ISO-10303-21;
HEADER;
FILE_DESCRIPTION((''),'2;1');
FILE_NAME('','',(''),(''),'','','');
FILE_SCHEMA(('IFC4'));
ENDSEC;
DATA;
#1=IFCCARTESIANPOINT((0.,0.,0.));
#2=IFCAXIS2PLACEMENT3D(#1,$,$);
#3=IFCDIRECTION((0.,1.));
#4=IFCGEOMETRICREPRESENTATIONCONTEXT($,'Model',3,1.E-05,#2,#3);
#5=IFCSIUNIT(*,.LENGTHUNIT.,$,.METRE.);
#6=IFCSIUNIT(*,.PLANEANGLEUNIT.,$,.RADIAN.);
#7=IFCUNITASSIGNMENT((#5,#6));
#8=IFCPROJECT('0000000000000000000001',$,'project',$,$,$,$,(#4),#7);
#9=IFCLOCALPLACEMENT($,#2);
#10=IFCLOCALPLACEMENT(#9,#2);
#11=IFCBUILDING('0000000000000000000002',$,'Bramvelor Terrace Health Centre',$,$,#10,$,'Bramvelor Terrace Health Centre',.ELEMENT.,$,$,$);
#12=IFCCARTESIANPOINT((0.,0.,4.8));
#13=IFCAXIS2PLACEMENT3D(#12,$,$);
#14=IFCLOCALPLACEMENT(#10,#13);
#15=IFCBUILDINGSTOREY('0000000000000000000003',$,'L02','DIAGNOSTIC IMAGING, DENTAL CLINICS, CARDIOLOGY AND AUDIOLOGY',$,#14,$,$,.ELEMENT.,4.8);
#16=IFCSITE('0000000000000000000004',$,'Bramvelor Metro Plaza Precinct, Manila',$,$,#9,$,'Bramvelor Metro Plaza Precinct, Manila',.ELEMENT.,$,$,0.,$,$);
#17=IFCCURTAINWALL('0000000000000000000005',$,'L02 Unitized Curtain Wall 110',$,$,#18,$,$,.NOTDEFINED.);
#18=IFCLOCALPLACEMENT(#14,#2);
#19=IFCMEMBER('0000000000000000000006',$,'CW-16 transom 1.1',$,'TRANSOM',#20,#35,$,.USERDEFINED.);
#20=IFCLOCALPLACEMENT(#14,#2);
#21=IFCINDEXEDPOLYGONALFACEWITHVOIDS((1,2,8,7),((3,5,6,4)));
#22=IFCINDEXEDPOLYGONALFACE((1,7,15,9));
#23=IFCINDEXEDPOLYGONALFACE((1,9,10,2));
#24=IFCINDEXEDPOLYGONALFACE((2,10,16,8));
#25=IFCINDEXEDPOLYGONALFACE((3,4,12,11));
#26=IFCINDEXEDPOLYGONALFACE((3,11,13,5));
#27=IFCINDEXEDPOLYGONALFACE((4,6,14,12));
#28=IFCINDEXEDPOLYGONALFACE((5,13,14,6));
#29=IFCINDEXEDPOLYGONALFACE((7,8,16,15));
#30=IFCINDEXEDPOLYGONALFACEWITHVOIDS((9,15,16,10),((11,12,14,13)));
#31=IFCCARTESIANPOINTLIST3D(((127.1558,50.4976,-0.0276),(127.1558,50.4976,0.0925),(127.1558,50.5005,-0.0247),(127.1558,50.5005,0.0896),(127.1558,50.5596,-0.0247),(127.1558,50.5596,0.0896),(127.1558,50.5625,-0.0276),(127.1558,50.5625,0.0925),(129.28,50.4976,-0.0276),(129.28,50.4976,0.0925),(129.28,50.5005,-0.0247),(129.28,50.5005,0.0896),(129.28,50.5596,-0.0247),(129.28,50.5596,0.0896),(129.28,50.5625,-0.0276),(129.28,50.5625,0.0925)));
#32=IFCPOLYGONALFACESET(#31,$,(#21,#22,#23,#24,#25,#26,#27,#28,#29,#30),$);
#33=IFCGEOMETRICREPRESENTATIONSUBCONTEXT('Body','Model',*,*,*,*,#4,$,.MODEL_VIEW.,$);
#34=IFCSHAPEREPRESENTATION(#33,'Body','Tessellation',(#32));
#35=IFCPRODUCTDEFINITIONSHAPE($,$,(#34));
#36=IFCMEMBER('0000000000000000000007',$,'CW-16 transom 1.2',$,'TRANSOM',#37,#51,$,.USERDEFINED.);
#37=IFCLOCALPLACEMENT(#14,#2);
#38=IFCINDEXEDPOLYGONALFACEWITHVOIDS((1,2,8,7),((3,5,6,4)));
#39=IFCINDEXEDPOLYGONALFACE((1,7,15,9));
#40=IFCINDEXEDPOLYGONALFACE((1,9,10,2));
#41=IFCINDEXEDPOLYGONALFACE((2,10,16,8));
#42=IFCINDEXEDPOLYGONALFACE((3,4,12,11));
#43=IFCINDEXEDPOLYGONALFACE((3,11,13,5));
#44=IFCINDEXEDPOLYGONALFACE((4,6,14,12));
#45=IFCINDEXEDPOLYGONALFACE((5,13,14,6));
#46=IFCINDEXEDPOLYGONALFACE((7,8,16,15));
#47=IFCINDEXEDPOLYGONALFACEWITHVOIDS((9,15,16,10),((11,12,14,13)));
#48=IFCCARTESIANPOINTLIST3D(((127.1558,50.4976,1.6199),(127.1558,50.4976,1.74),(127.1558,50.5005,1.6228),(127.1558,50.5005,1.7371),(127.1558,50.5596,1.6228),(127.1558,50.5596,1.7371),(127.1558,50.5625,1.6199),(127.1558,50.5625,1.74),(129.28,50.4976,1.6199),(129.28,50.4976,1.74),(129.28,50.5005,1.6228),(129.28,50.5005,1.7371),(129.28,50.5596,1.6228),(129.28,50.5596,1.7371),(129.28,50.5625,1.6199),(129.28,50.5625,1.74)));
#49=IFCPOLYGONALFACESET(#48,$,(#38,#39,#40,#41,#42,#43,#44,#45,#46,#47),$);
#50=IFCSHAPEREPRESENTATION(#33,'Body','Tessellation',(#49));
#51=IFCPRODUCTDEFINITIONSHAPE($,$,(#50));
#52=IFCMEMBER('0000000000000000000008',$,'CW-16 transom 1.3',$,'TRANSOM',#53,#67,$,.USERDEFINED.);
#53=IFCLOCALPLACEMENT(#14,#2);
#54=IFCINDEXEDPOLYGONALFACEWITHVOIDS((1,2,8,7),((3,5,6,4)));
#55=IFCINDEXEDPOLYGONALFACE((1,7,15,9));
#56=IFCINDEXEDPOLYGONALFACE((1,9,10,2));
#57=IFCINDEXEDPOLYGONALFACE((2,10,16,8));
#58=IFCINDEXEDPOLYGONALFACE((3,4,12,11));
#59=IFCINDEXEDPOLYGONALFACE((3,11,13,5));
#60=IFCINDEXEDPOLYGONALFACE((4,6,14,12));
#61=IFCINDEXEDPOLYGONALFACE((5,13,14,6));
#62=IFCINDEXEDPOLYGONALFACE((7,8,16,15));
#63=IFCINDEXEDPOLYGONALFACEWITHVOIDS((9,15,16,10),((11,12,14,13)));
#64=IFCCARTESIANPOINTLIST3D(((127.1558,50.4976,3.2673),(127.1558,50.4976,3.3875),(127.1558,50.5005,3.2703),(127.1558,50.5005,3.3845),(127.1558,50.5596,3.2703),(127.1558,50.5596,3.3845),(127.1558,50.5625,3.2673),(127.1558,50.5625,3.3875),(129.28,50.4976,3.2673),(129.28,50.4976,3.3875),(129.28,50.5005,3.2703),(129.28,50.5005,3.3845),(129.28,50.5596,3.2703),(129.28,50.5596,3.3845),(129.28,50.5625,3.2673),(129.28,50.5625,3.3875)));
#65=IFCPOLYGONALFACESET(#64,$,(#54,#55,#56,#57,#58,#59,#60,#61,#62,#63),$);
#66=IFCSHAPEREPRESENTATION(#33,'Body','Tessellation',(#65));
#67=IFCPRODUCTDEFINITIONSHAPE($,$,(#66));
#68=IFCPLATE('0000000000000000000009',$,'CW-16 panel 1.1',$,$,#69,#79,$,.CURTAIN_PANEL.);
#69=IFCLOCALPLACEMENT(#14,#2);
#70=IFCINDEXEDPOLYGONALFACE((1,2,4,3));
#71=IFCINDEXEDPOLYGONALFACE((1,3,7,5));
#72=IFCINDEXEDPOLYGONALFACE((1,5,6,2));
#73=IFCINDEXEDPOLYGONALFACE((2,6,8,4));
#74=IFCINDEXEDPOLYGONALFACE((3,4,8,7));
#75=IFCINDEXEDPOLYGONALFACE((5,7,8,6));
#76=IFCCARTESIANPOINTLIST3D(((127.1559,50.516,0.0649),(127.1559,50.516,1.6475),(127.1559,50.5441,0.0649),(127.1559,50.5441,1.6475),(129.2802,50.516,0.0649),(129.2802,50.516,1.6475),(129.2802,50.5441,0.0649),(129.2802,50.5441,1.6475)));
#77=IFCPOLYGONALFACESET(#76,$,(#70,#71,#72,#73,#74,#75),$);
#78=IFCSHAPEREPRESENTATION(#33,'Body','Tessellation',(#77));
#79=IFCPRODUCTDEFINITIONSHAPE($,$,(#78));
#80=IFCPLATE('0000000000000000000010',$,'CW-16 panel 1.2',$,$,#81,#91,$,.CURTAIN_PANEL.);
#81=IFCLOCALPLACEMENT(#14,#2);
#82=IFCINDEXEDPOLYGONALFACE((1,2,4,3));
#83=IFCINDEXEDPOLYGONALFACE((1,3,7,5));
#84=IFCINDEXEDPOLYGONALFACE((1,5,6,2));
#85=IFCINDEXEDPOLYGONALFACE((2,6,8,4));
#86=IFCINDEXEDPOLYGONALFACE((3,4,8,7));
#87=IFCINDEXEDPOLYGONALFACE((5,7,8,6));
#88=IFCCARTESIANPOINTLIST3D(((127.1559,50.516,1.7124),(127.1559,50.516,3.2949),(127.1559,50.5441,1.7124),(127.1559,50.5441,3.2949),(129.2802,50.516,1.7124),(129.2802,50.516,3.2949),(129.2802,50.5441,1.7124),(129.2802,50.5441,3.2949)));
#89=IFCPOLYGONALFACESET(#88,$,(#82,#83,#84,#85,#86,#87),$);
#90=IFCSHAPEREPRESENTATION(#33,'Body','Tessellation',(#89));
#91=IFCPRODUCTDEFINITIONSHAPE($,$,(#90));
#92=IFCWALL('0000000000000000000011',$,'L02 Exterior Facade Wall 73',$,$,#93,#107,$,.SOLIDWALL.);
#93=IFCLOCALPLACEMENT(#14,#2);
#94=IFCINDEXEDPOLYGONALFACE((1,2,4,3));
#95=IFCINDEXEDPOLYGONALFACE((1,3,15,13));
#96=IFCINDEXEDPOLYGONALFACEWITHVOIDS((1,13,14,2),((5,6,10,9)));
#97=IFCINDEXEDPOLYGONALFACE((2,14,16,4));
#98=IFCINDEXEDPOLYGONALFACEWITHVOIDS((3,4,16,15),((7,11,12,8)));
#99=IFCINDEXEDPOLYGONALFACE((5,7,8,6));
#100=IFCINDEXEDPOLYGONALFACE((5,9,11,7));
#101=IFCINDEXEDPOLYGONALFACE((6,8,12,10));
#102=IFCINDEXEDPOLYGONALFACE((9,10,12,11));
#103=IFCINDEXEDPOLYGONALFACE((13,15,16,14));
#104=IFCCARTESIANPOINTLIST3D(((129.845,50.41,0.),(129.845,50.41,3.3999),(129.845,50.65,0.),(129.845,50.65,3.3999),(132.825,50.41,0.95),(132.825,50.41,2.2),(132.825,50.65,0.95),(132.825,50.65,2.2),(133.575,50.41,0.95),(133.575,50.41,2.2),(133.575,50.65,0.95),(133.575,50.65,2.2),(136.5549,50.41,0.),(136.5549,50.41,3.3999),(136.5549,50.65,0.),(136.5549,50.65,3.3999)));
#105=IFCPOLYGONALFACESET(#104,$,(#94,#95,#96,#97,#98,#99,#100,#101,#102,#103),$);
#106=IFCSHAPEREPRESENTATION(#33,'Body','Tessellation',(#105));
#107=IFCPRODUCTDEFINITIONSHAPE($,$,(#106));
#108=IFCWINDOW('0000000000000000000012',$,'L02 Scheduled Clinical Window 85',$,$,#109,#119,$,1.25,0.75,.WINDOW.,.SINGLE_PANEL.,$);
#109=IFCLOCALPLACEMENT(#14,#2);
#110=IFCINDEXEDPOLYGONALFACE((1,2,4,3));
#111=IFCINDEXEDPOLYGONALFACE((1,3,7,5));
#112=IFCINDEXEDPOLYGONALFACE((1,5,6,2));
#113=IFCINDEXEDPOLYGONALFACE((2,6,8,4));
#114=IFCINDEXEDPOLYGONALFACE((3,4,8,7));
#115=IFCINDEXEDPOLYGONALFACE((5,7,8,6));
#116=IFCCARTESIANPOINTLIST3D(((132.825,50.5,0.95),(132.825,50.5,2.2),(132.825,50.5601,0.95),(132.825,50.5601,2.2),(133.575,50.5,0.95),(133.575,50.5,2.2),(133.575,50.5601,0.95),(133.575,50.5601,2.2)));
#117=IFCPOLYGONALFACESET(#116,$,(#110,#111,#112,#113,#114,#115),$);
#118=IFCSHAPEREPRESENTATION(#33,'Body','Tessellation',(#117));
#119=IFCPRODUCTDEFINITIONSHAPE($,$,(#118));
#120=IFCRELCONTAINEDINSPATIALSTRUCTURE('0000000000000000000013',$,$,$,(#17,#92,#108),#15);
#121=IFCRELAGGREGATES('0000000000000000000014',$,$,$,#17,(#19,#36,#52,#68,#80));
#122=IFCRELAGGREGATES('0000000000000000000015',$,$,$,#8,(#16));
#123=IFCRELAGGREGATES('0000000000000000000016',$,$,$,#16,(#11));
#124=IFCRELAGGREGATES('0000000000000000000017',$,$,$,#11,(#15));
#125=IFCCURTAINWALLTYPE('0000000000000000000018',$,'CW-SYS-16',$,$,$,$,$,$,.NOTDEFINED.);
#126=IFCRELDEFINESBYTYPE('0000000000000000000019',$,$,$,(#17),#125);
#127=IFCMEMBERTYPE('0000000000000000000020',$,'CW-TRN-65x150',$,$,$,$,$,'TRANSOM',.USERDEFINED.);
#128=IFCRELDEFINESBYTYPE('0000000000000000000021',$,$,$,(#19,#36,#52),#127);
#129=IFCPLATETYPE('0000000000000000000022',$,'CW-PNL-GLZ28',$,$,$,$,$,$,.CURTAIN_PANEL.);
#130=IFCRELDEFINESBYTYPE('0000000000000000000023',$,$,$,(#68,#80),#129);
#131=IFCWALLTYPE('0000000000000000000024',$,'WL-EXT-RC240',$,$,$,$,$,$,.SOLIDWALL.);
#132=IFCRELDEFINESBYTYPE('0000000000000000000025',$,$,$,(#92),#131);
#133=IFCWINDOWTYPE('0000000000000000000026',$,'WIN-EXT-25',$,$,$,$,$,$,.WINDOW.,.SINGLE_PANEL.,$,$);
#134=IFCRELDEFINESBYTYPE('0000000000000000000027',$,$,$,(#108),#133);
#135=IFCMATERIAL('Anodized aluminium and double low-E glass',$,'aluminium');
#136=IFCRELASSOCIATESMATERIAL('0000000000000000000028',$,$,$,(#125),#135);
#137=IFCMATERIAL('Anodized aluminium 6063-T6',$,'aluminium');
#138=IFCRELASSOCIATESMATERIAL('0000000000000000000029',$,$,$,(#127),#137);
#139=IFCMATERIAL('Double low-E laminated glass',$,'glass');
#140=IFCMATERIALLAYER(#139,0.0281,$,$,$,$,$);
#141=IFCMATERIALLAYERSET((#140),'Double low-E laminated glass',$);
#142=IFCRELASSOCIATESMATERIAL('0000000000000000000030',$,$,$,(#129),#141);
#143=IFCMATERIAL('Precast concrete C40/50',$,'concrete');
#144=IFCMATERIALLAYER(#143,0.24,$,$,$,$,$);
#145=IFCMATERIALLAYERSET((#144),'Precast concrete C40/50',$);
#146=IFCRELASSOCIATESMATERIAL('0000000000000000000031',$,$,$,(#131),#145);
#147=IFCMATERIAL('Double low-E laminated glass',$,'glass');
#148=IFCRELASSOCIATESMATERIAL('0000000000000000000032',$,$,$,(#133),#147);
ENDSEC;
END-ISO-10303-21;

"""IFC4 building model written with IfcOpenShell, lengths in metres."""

from ifc_helpers import new_model, si_unit, direction, frame, frame_2d, origin, origin_2d, place, context, subcontext, project, spatial, rectangle, hollow_rectangle, extrude, material, layer, layer_set, material_profile, profile_set, type_object, element, fill, aggregate, save


model = new_model("IFC4")

# Units and contexts
model_context = context("Model", 3, precision=1e-05, world=origin(), true_north=direction((0.0, 1.0)))
body_context = subcontext(model_context, "Body", "Model", "MODEL_VIEW")
ifc_project = project(units=[si_unit("LENGTHUNIT", "METRE"), si_unit("PLANEANGLEUNIT", "RADIAN")], contexts=[model_context])

# Site, building, storey
site_placement = place(None, origin())
site = spatial("IfcSite", under=ifc_project, at=site_placement, Name="Bramvelor Metro Plaza Precinct, Manila", LongName="Bramvelor Metro Plaza Precinct, Manila", CompositionType="ELEMENT", RefElevation=0.0)
building_placement = place(site_placement, origin())
building = spatial("IfcBuilding", under=site, at=building_placement, Name="Bramvelor Terrace Health Centre", LongName="Bramvelor Terrace Health Centre", CompositionType="ELEMENT")
storey_placement = place(building_placement, frame((0.0, 0.0, 4.8)))
storey = spatial("IfcBuildingStorey", under=building, at=storey_placement, Name="L02", Description="DIAGNOSTIC IMAGING, DENTAL CLINICS, CARDIOLOGY AND AUDIOLOGY", CompositionType="ELEMENT", Elevation=4.8)

# Shared definitions
ifc_material_1 = material(Name="Anodized aluminium and double low-E glass", Category="aluminium")
curtain_wall_type = type_object("IfcCurtainWallType", Name="CW-SYS-16", PredefinedType="NOTDEFINED", material=ifc_material_1)

# Curtain wall, members, plates
curtain_wall_1_placement = place(storey_placement, origin())
curtain_wall_1 = element("IfcCurtainWall", 1, at=curtain_wall_1_placement, inside=storey, type_object=curtain_wall_type, Name="L02 Unitized Curtain Wall 110", PredefinedType="NOTDEFINED")
ifc_material_2 = material(Name="Anodized aluminium 6063-T6", Category="aluminium")
ifc_material_profile_1 = material_profile(ifc_material_2, hollow_rectangle(XDim=0.0649, YDim=0.1201, WallThickness=0.0029, at=origin_2d()), Name="ALU-TRN 65x120x3.0")
ifc_profile_set_1 = profile_set([ifc_material_profile_1], Name="Anodized aluminium 6063-T6")
member_type_1 = type_object("IfcMemberType", Name="CW-TRN-65x150", ElementType="TRANSOM", PredefinedType="USERDEFINED", material=ifc_profile_set_1)
member_1_placement = place(storey_placement, frame((129.28, 50.53, 0.0325), z_axis=(-1.0, 0.0, 0.0), x_axis=(0.0, -1.0, 0.0)))
member_1 = element("IfcMember", 2, at=member_1_placement, type_object=member_type_1, Name="CW-16 transom 1.1", ObjectType="TRANSOM", PredefinedType="USERDEFINED", context=body_context, shape_type="SweptSolid", body=[
    extrude(hollow_rectangle(XDim=0.0649, YDim=0.1201, WallThickness=0.0029, at=origin_2d()), origin(), (0.0, 0.0, 1.0), 2.1243),
])
member_2_placement = place(storey_placement, frame((129.28, 50.53, 1.6799), z_axis=(-1.0, 0.0, 0.0), x_axis=(0.0, -1.0, 0.0)))
member_2 = element("IfcMember", 3, at=member_2_placement, type_object=member_type_1, Name="CW-16 transom 1.2", ObjectType="TRANSOM", PredefinedType="USERDEFINED", context=body_context, shape_type="SweptSolid", body=[
    extrude(hollow_rectangle(XDim=0.0649, YDim=0.1201, WallThickness=0.0029, at=origin_2d()), origin(), (0.0, 0.0, 1.0), 2.1243),
])
member_3_placement = place(storey_placement, frame((129.28, 50.53, 3.3274), z_axis=(-1.0, 0.0, 0.0), x_axis=(0.0, -1.0, 0.0)))
member_3 = element("IfcMember", 4, at=member_3_placement, type_object=member_type_1, Name="CW-16 transom 1.3", ObjectType="TRANSOM", PredefinedType="USERDEFINED", context=body_context, shape_type="SweptSolid", body=[
    extrude(hollow_rectangle(XDim=0.0649, YDim=0.1201, WallThickness=0.0029, at=origin_2d()), origin(), (0.0, 0.0, 1.0), 2.1243),
])
ifc_material_3 = material(Name="Double low-E laminated glass", Category="glass")
ifc_layer_1 = layer(ifc_material_3, 0.0281)
ifc_layer_set_1 = layer_set([ifc_layer_1], Name="Double low-E laminated glass")
plate_type = type_object("IfcPlateType", Name="CW-PNL-GLZ28", PredefinedType="CURTAIN_PANEL", material=ifc_layer_set_1)
plate_1_placement = place(storey_placement, frame((128.218, 50.53, 0.0649), z_axis=(0.0, 0.0, 1.0), x_axis=(-1.0, 0.0, 0.0)))
plate_1 = element("IfcPlate", 5, at=plate_1_placement, type_object=plate_type, Name="CW-16 panel 1.1", PredefinedType="CURTAIN_PANEL", context=body_context, shape_type="SweptSolid", body=[
    extrude(rectangle(XDim=2.1243, YDim=0.0281, at=origin_2d()), origin(), (0.0, 0.0, 1.0), 1.5825),
])
plate_2_placement = place(storey_placement, frame((128.218, 50.53, 1.7124), z_axis=(0.0, 0.0, 1.0), x_axis=(-1.0, 0.0, 0.0)))
plate_2 = element("IfcPlate", 6, at=plate_2_placement, type_object=plate_type, Name="CW-16 panel 1.2", PredefinedType="CURTAIN_PANEL", context=body_context, shape_type="SweptSolid", body=[
    extrude(rectangle(XDim=2.1243, YDim=0.0281, at=origin_2d()), origin(), (0.0, 0.0, 1.0), 1.5825),
])
aggregate(curtain_wall_1, [member_1, member_2, member_3, plate_1, plate_2])

# Wall, opening, window
ifc_material_4 = material(Name="Precast concrete C40/50", Category="concrete")
ifc_layer_2 = layer(ifc_material_4, 0.24)
ifc_layer_set_2 = layer_set([ifc_layer_2], Name="Precast concrete C40/50")
wall_type = type_object("IfcWallType", Name="WL-EXT-RC240", PredefinedType="SOLIDWALL", material=ifc_layer_set_2)
wall_placement = place(storey_placement, frame((136.5549, 50.53, 0.0), z_axis=(0.0, 0.0, 1.0), x_axis=(-1.0, 0.0, 0.0)))
wall = element("IfcWall", 7, at=wall_placement, inside=storey, type_object=wall_type, Name="L02 Exterior Facade Wall 73", PredefinedType="SOLIDWALL", context=body_context, shape_type="SweptSolid", body=[
    extrude(rectangle(XDim=6.71, YDim=0.24, at=frame_2d((3.355, 0.0))), origin(), (0.0, 0.0, 1.0), 3.3999),
])
opening_placement = place(wall_placement, frame((2.98, 0.0, 0.95)))
opening = element("IfcOpeningElement", 8, at=opening_placement, cuts=wall, PredefinedType="OPENING", context=body_context, shape_type="SweptSolid", body=[
    extrude(rectangle(XDim=0.75, YDim=1.25, at=frame_2d((0.375, 0.625))), frame((0.0, 0.1299, 0.0), z_axis=(0.0, -1.0, 0.0), x_axis=(1.0, 0.0, 0.0)), (0.0, 0.0, 1.0), 0.26),
])
ifc_material_5 = material(Name="Double low-E laminated glass", Category="glass")
window_type = type_object("IfcWindowType", Name="WIN-EXT-25", PartitioningType="SINGLE_PANEL", PredefinedType="WINDOW", material=ifc_material_5)
window_placement = place(opening_placement, origin())
window = element("IfcWindow", 9, at=window_placement, inside=storey, type_object=window_type, Name="L02 Scheduled Clinical Window 85", OverallHeight=1.25, OverallWidth=0.75, PartitioningType="SINGLE_PANEL", PredefinedType="WINDOW", context=body_context, shape_type="SweptSolid", body=[
    extrude(rectangle(XDim=0.75, YDim=1.25, at=frame_2d((0.375, 0.625))), frame((0.0, 0.03, 0.0), z_axis=(0.0, -1.0, 0.0), x_axis=(1.0, 0.0, 0.0)), (0.0, 0.0, 1.0), 0.0601),
])
fill(opening, window)

save(model, "model.ifc")
